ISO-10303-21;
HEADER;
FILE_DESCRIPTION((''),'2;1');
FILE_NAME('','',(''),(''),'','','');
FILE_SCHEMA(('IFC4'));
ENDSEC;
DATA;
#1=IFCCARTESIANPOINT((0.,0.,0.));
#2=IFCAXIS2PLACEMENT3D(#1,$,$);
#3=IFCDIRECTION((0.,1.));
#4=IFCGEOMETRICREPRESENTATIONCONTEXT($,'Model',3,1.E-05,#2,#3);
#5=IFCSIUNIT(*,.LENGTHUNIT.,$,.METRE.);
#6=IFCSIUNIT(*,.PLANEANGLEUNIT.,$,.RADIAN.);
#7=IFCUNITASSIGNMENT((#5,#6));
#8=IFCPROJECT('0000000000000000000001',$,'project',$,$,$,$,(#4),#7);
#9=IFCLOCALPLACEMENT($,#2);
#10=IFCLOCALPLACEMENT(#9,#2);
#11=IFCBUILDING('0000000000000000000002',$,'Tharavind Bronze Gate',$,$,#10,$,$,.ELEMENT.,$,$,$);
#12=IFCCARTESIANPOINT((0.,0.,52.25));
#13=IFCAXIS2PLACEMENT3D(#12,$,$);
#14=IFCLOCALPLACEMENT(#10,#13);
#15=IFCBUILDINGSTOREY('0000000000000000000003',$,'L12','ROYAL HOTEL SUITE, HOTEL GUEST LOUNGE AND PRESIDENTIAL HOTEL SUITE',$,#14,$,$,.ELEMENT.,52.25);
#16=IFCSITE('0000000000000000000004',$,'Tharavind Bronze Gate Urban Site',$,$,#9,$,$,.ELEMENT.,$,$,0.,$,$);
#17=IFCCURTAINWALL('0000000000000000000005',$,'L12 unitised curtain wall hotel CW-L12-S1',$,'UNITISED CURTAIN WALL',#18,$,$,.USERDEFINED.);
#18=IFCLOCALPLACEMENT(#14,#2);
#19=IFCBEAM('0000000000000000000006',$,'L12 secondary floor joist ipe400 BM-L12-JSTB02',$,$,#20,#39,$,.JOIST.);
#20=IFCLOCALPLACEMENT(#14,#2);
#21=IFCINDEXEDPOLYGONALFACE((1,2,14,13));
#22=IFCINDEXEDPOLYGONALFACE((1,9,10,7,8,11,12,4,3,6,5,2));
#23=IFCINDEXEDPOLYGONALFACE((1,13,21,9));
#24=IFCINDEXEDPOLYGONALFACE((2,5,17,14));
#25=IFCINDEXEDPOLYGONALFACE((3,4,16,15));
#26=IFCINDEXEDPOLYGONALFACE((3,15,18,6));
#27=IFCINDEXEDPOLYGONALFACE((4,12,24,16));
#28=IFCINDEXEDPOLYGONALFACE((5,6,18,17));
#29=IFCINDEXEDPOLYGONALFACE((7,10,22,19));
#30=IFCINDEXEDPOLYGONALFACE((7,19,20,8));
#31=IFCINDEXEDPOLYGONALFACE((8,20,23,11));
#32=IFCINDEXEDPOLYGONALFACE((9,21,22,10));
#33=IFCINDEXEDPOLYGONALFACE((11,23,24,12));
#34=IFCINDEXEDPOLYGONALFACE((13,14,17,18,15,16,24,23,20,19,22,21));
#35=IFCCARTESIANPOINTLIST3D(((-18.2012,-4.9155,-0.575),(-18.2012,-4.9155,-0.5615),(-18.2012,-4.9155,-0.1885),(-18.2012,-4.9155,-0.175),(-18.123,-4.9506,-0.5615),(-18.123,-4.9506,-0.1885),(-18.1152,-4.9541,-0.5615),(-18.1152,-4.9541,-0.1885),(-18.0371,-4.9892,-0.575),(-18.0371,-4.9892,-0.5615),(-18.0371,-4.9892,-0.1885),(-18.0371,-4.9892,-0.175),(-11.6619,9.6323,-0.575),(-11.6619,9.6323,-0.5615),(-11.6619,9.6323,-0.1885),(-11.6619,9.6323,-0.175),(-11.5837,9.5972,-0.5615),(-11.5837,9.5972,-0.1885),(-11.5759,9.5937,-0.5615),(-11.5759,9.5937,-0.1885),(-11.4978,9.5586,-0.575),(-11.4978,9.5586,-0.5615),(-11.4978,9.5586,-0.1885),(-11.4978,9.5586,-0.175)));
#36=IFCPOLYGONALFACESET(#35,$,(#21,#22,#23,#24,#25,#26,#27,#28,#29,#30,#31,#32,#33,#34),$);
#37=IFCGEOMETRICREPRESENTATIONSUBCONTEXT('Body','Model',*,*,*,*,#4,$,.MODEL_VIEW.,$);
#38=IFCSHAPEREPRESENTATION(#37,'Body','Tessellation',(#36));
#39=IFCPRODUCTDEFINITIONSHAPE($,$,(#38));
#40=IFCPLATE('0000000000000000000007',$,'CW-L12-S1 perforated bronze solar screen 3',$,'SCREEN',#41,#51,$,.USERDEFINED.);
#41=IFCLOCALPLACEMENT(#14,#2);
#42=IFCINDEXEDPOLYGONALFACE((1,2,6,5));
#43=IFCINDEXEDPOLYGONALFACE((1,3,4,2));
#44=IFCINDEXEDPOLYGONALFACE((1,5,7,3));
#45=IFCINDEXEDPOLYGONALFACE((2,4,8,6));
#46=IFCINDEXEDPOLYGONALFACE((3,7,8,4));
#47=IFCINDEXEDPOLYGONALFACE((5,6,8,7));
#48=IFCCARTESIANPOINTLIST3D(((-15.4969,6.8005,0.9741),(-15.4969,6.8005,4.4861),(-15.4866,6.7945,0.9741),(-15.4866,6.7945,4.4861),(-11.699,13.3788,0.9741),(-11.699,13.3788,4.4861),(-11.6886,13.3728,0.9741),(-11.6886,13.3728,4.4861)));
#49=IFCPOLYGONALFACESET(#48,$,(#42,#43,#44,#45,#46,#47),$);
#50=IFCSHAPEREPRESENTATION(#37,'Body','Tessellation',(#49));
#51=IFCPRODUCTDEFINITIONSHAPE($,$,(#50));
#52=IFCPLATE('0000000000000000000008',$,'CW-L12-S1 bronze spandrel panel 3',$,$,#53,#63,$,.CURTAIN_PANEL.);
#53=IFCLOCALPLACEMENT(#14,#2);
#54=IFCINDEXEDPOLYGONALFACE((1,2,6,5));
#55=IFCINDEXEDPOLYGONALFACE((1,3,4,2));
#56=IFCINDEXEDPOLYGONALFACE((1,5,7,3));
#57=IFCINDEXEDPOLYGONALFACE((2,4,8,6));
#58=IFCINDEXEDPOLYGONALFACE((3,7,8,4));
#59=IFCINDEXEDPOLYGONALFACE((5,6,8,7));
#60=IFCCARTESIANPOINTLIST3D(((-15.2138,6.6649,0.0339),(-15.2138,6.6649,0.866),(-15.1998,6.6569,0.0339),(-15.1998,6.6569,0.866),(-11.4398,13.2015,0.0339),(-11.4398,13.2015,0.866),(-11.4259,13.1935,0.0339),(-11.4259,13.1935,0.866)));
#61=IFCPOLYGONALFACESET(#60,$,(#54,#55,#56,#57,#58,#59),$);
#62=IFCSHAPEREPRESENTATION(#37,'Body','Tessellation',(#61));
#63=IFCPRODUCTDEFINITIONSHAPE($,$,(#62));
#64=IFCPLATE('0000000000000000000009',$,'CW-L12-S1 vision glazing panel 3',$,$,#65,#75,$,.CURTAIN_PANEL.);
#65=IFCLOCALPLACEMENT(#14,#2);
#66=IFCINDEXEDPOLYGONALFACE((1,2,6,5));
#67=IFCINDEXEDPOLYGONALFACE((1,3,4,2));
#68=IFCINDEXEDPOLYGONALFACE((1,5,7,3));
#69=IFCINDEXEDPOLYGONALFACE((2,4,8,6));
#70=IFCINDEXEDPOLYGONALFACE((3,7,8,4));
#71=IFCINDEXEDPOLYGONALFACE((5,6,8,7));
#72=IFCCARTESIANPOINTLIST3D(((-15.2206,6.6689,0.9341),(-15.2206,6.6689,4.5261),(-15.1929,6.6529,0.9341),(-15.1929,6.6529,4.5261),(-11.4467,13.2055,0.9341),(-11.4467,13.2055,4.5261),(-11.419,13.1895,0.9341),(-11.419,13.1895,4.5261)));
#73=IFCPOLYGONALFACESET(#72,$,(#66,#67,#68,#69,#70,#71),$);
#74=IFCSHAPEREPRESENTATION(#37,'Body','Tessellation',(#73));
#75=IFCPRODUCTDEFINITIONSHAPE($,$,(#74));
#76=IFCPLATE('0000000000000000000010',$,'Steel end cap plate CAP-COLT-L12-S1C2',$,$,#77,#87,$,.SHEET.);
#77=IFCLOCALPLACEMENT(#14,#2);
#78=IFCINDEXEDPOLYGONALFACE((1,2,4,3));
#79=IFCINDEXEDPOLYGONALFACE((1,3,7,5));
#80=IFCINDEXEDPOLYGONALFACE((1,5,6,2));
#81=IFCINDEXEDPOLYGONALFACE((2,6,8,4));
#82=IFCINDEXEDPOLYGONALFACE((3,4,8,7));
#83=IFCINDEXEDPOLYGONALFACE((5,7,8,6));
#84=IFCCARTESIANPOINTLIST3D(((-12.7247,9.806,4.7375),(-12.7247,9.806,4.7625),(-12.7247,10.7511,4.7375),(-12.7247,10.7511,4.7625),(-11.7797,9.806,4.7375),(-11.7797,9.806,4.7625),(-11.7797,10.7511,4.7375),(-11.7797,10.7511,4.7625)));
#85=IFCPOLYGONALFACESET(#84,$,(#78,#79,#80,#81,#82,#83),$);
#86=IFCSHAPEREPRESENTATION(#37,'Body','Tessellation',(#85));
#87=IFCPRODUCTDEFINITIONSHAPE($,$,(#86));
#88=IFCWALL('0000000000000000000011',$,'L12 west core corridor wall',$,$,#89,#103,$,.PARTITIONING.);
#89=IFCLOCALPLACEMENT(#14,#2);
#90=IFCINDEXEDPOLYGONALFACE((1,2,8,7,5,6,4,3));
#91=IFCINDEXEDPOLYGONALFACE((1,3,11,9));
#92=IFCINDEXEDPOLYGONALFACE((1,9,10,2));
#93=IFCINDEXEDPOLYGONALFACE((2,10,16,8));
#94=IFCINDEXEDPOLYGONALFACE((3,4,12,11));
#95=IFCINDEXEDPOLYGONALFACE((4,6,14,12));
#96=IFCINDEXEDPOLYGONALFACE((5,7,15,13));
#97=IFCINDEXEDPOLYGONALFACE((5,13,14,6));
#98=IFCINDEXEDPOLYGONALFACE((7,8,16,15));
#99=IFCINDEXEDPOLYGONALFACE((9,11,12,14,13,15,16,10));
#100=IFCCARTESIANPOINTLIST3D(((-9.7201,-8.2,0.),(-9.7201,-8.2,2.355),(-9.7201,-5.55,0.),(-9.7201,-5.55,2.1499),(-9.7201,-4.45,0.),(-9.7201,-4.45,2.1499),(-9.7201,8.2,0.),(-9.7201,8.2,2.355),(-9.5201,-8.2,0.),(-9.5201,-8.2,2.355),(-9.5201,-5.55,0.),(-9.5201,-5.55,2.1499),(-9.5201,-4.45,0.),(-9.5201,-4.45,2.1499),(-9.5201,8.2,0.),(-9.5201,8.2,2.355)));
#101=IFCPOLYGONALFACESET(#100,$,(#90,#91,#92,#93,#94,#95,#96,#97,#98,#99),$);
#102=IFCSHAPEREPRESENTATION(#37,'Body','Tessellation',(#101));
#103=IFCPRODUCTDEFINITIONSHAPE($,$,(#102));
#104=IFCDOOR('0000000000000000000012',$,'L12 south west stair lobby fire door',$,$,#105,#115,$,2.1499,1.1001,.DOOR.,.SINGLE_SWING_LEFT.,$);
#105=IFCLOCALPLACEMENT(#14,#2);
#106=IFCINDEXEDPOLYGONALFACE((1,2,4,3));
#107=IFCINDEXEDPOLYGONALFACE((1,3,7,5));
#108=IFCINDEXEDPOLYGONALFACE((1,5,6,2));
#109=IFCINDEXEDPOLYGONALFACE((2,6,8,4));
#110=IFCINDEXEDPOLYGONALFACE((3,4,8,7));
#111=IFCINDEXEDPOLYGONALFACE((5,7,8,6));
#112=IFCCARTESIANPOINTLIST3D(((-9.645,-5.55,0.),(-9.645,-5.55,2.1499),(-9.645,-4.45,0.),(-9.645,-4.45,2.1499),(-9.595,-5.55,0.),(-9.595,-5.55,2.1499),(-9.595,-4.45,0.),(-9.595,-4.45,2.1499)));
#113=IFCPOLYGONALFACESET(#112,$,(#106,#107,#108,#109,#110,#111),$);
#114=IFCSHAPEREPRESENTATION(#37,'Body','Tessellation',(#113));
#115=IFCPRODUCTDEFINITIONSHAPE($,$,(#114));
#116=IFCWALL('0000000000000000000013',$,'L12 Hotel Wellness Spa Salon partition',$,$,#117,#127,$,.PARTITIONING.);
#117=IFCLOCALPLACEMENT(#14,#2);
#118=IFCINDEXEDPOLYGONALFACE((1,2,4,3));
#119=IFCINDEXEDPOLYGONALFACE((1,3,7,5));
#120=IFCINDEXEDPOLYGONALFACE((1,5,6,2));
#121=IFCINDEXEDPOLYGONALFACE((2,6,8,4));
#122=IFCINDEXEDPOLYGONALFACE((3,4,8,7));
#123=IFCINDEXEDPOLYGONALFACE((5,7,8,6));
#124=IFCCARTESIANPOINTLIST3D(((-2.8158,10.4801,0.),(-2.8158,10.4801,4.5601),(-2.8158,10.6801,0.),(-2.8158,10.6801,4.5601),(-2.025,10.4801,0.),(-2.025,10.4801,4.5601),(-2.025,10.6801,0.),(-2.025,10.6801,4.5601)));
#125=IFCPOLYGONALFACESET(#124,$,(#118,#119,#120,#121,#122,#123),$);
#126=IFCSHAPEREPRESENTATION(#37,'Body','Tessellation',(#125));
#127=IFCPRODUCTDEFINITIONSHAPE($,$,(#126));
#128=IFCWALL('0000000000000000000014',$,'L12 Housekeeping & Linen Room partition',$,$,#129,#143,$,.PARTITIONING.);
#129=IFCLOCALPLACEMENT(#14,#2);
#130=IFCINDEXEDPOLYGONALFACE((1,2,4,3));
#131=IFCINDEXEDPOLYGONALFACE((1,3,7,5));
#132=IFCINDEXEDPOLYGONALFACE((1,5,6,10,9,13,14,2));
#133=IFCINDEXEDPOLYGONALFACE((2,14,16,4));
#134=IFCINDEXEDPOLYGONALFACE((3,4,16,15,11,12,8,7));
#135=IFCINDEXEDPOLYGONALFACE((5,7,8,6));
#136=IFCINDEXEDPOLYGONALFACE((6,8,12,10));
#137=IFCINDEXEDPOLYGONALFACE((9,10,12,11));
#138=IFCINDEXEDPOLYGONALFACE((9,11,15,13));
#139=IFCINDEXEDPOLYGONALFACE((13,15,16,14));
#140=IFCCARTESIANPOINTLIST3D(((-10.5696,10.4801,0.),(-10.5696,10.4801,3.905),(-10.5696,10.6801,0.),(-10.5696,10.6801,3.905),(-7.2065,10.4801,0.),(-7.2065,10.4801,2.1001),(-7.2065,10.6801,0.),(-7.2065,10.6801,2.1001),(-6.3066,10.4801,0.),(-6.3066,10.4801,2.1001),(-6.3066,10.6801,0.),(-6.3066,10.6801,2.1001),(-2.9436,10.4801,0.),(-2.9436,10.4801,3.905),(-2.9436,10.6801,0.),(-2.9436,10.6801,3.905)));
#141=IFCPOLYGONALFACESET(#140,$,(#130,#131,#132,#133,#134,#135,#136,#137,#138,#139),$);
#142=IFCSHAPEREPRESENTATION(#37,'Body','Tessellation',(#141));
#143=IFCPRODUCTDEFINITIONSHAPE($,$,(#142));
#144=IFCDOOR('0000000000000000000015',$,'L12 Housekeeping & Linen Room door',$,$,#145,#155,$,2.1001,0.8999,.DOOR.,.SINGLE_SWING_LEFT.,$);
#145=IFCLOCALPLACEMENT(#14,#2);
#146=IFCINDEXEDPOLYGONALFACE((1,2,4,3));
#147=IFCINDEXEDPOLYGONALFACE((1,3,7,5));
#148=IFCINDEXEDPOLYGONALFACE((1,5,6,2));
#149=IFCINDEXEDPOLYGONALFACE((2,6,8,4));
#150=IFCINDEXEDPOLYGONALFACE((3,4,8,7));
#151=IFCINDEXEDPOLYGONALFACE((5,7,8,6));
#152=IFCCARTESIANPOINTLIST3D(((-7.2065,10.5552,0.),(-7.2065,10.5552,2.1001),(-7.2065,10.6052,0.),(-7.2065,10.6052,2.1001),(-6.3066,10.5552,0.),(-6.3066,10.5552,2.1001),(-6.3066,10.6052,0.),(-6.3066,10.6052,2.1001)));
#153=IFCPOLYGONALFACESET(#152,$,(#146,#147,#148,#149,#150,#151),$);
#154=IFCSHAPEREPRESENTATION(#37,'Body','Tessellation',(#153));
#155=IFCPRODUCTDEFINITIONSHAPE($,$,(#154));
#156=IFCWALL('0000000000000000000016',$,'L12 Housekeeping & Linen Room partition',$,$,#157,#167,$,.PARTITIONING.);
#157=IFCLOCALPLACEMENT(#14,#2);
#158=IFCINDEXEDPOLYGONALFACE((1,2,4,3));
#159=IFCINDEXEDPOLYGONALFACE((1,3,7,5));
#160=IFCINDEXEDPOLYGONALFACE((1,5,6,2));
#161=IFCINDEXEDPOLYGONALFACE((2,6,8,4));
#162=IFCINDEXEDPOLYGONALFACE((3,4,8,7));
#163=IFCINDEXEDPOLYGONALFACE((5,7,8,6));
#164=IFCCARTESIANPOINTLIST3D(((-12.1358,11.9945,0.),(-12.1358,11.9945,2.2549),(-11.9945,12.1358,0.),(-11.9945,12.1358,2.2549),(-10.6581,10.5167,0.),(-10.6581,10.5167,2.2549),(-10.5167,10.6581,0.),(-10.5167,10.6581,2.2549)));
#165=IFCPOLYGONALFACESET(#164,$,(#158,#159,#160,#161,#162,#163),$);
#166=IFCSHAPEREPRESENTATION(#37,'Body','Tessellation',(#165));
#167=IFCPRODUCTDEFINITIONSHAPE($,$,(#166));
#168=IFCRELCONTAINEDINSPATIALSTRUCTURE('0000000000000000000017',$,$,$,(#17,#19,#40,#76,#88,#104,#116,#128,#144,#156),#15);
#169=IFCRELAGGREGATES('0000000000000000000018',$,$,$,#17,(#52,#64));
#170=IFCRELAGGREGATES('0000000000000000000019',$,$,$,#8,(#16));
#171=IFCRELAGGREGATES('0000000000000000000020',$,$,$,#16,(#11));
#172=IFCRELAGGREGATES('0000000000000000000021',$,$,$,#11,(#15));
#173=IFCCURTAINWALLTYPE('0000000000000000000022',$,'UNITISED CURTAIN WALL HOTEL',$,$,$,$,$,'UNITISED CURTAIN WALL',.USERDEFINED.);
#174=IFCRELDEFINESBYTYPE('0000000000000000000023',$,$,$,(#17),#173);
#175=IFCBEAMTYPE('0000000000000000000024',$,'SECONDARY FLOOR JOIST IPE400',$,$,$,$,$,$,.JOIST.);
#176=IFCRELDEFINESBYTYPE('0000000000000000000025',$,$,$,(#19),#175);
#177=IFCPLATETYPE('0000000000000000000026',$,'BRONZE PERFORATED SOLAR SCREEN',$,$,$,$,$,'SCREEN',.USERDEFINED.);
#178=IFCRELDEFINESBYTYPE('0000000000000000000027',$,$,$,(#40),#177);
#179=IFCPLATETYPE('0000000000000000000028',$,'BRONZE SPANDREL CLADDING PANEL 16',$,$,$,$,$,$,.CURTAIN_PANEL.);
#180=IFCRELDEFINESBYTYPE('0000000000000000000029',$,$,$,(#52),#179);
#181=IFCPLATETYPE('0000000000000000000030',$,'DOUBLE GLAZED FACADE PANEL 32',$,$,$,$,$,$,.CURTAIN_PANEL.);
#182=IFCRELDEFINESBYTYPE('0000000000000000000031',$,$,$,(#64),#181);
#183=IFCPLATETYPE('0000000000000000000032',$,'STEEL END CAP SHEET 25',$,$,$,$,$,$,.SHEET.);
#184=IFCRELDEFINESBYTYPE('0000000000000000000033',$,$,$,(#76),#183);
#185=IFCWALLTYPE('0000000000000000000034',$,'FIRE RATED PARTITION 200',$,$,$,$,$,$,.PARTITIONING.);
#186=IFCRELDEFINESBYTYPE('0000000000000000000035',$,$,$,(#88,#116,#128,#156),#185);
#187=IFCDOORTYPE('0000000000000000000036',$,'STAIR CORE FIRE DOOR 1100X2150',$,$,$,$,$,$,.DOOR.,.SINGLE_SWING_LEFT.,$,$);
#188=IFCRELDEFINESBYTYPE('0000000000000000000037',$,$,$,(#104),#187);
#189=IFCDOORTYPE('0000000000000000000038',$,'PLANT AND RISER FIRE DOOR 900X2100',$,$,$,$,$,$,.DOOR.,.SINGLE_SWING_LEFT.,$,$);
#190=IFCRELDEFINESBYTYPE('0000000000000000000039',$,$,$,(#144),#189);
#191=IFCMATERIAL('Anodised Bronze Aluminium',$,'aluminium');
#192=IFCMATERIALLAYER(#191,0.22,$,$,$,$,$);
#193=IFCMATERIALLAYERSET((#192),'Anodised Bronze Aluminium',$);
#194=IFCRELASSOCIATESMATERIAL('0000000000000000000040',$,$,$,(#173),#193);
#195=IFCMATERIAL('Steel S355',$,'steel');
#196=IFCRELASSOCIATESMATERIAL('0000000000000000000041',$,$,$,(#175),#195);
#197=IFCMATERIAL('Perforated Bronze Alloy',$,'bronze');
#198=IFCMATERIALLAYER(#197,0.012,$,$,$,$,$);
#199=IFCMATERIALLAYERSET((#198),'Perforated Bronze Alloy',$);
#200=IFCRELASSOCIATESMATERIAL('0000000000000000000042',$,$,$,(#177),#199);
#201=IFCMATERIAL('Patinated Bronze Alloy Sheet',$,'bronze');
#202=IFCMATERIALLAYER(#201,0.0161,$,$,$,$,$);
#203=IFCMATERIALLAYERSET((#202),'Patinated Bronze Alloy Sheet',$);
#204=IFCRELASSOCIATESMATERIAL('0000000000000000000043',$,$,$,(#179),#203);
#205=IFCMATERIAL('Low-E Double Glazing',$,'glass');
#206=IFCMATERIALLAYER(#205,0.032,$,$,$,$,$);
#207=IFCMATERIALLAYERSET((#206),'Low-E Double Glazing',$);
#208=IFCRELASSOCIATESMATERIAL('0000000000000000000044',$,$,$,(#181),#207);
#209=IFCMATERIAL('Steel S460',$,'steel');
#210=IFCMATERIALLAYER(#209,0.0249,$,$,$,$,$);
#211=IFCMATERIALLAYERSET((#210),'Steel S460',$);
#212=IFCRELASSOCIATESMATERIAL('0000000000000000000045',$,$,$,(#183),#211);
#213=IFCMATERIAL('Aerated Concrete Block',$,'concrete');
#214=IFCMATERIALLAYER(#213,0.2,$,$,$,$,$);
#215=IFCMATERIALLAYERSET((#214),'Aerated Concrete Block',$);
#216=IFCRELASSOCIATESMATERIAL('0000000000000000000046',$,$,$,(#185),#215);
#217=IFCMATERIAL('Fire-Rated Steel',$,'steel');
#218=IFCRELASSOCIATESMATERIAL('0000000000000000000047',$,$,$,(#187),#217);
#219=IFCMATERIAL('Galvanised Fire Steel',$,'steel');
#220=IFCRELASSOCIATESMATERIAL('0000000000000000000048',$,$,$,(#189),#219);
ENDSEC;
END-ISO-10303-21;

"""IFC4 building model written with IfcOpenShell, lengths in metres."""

from ifc_helpers import new_model, si_unit, direction, frame, frame_2d, origin, origin_2d, place, context, subcontext, project, spatial, rectangle, i_section, extrude, material, layer, layer_set, material_profile, profile_set, type_object, element, fill, aggregate, save


model = new_model("IFC4")

# Units and contexts
model_context = context("Model", 3, precision=1e-05, world=origin(), true_north=direction((0.0, 1.0)))
body_context = subcontext(model_context, "Body", "Model", "MODEL_VIEW")
ifc_project = project(units=[si_unit("LENGTHUNIT", "METRE"), si_unit("PLANEANGLEUNIT", "RADIAN")], contexts=[model_context])

# Site, building, storey
site_placement = place(None, origin())
site = spatial("IfcSite", under=ifc_project, at=site_placement, Name="Tharavind Bronze Gate Urban Site", CompositionType="ELEMENT", RefElevation=0.0)
building_placement = place(site_placement, origin())
building = spatial("IfcBuilding", under=site, at=building_placement, Name="Tharavind Bronze Gate", CompositionType="ELEMENT")
storey_placement = place(building_placement, frame((0.0, 0.0, 52.25)))
storey = spatial("IfcBuildingStorey", under=building, at=storey_placement, Name="L12", Description="ROYAL HOTEL SUITE, HOTEL GUEST LOUNGE AND PRESIDENTIAL HOTEL SUITE", CompositionType="ELEMENT", Elevation=52.25)

# Shared definitions
ifc_material_1 = material(Name="Steel S460", Category="steel")

# Curtain wall
ifc_material_2 = material(Name="Anodised Bronze Aluminium", Category="aluminium")
ifc_layer_1 = layer(ifc_material_2, 0.22)
ifc_layer_set_1 = layer_set([ifc_layer_1], Name="Anodised Bronze Aluminium")
curtain_wall_type = type_object("IfcCurtainWallType", Name="UNITISED CURTAIN WALL HOTEL", ElementType="UNITISED CURTAIN WALL", PredefinedType="USERDEFINED", material=ifc_layer_set_1)
curtain_wall_placement = place(storey_placement, origin())
curtain_wall = element("IfcCurtainWall", 1, at=curtain_wall_placement, inside=storey, type_object=curtain_wall_type, Name="L12 unitised curtain wall hotel CW-L12-S1", ObjectType="UNITISED CURTAIN WALL", PredefinedType="USERDEFINED")

# Beam
ifc_material_3 = material(Name="Steel S355", Category="steel")
ifc_material_profile_1 = material_profile(ifc_material_3, i_section(OverallWidth=0.1799, OverallDepth=0.3999, WebThickness=0.0085, FlangeThickness=0.0134, at=origin_2d()), Name="IPE400")
ifc_profile_set_1 = profile_set([ifc_material_profile_1], Name="Steel S355")
beam_type_1 = type_object("IfcBeamType", Name="SECONDARY FLOOR JOIST IPE400", PredefinedType="JOIST", material=ifc_profile_set_1)
beam_1_placement = place(storey_placement, frame((-11.5798, 9.5955, -0.375), z_axis=(-0.409988, -0.912091, 0.0), x_axis=(0.912091, -0.409988, 0.0)))
element("IfcBeam", 2, at=beam_1_placement, inside=storey, type_object=beam_type_1, Name="L12 secondary floor joist ipe400 BM-L12-JSTB02", PredefinedType="JOIST", context=body_context, shape_type="SweptSolid", body=[
    extrude(i_section(OverallWidth=0.1799, OverallDepth=0.3999, WebThickness=0.0085, FlangeThickness=0.0134, at=origin_2d()), origin(), (0.0, 0.0, 1.0), 15.95),
])

# Plates
ifc_material_4 = material(Name="Perforated Bronze Alloy", Category="bronze")
ifc_layer_2 = layer(ifc_material_4, 0.012)
ifc_layer_set_2 = layer_set([ifc_layer_2], Name="Perforated Bronze Alloy")
plate_type_1 = type_object("IfcPlateType", Name="BRONZE PERFORATED SOLAR SCREEN", ElementType="SCREEN", PredefinedType="USERDEFINED", material=ifc_layer_set_2)
plate_1_placement = place(storey_placement, frame((-13.5928, 10.0867, 0.9741), z_axis=(0.0, 0.0, 1.0), x_axis=(-0.500002, -0.866025, 0.0)))
element("IfcPlate", 3, at=plate_1_placement, inside=storey, type_object=plate_type_1, Name="CW-L12-S1 perforated bronze solar screen 3", ObjectType="SCREEN", PredefinedType="USERDEFINED", context=body_context, shape_type="SweptSolid", body=[
    extrude(rectangle(XDim=7.5959, YDim=0.012, at=origin_2d()), origin(), (0.0, 0.0, 1.0), 3.512),
])
ifc_material_5 = material(Name="Patinated Bronze Alloy Sheet", Category="bronze")
ifc_layer_3 = layer(ifc_material_5, 0.0161)
ifc_layer_set_3 = layer_set([ifc_layer_3], Name="Patinated Bronze Alloy Sheet")
plate_type_2 = type_object("IfcPlateType", Name="BRONZE SPANDREL CLADDING PANEL 16", PredefinedType="CURTAIN_PANEL", material=ifc_layer_set_3)
plate_2_placement = place(storey_placement, frame((-13.3198, 9.9292, 0.0339), z_axis=(0.0, 0.0, 1.0), x_axis=(-0.500002, -0.866025, 0.0)))
plate_2 = element("IfcPlate", 4, at=plate_2_placement, type_object=plate_type_2, Name="CW-L12-S1 bronze spandrel panel 3", PredefinedType="CURTAIN_PANEL", context=body_context, shape_type="SweptSolid", body=[
    extrude(rectangle(XDim=7.5479, YDim=0.0161, at=origin_2d()), origin(), (0.0, 0.0, 1.0), 0.832),
])
ifc_material_6 = material(Name="Low-E Double Glazing", Category="glass")
ifc_layer_4 = layer(ifc_material_6, 0.032)
ifc_layer_set_4 = layer_set([ifc_layer_4], Name="Low-E Double Glazing")
plate_type_3 = type_object("IfcPlateType", Name="DOUBLE GLAZED FACADE PANEL 32", PredefinedType="CURTAIN_PANEL", material=ifc_layer_set_4)
plate_3_placement = place(storey_placement, frame((-13.3198, 9.9292, 0.9341), z_axis=(0.0, 0.0, 1.0), x_axis=(-0.500002, -0.866025, 0.0)))
plate_3 = element("IfcPlate", 5, at=plate_3_placement, type_object=plate_type_3, Name="CW-L12-S1 vision glazing panel 3", PredefinedType="CURTAIN_PANEL", context=body_context, shape_type="SweptSolid", body=[
    extrude(rectangle(XDim=7.5479, YDim=0.032, at=origin_2d()), origin(), (0.0, 0.0, 1.0), 3.592),
])
aggregate(curtain_wall, [plate_2, plate_3])
ifc_layer_5 = layer(ifc_material_1, 0.0249)
ifc_layer_set_5 = layer_set([ifc_layer_5], Name="Steel S460")
plate_type_4 = type_object("IfcPlateType", Name="STEEL END CAP SHEET 25", PredefinedType="SHEET", material=ifc_layer_set_5)
plate_4_placement = place(storey_placement, frame((-12.2522, 10.2786, 4.7375), z_axis=(0.0, 0.0, 1.0), x_axis=(1.0, 0.0, 0.0)))
element("IfcPlate", 6, at=plate_4_placement, inside=storey, type_object=plate_type_4, Name="Steel end cap plate CAP-COLT-L12-S1C2", PredefinedType="SHEET", context=body_context, shape_type="SweptSolid", body=[
    extrude(rectangle(XDim=0.9451, YDim=0.9451, at=origin_2d()), origin(), (0.0, 0.0, 1.0), 0.0249),
])

# Wall, opening, door
ifc_material_7 = material(Name="Aerated Concrete Block", Category="concrete")
ifc_layer_6 = layer(ifc_material_7, 0.2)
ifc_layer_set_6 = layer_set([ifc_layer_6], Name="Aerated Concrete Block")
wall_type_1 = type_object("IfcWallType", Name="FIRE RATED PARTITION 200", PredefinedType="PARTITIONING", material=ifc_layer_set_6)
wall_1_placement = place(storey_placement, frame((-9.6201, 8.2, 0.0), z_axis=(0.0, 0.0, 1.0), x_axis=(0.0, -1.0, 0.0)))
wall_1 = element("IfcWall", 7, at=wall_1_placement, inside=storey, type_object=wall_type_1, Name="L12 west core corridor wall", PredefinedType="PARTITIONING", context=body_context, shape_type="SweptSolid", body=[
    extrude(rectangle(XDim=16.3999, YDim=0.2, at=frame_2d((8.2, 0.0))), origin(), (0.0, 0.0, 1.0), 2.355),
])
opening_1_placement = place(wall_1_placement, frame((12.6499, 0.0, 0.0)))
opening_1 = element("IfcOpeningElement", 8, at=opening_1_placement, cuts=wall_1, PredefinedType="OPENING", context=body_context, shape_type="SweptSolid", body=[
    extrude(rectangle(XDim=1.1001, YDim=2.1499, at=frame_2d((0.55, 1.075))), frame((0.0, 0.1101, 0.0), z_axis=(0.0, -1.0, 0.0), x_axis=(1.0, 0.0, 0.0)), (0.0, 0.0, 1.0), 0.22),
])
ifc_material_8 = material(Name="Fire-Rated Steel", Category="steel")
door_type_1 = type_object("IfcDoorType", Name="STAIR CORE FIRE DOOR 1100X2150", OperationType="SINGLE_SWING_LEFT", PredefinedType="DOOR", material=ifc_material_8)
door_1_placement = place(opening_1_placement, frame((1.1001, 0.0, 0.0), z_axis=(0.0, 0.0, 1.0), x_axis=(-1.0, 0.0, 0.0)))
door_1 = element("IfcDoor", 9, at=door_1_placement, inside=storey, type_object=door_type_1, Name="L12 south west stair lobby fire door", OperationType="SINGLE_SWING_LEFT", OverallHeight=2.1499, OverallWidth=1.1001, PredefinedType="DOOR", context=body_context, shape_type="SweptSolid", body=[
    extrude(rectangle(XDim=1.1001, YDim=2.1499, at=frame_2d((0.55, 1.075))), frame((0.0, 0.0249, 0.0), z_axis=(0.0, -1.0, 0.0), x_axis=(1.0, 0.0, 0.0)), (0.0, 0.0, 1.0), 0.05),
])
fill(opening_1, door_1)

# Wall
wall_2_placement = place(storey_placement, frame((-2.0249, 10.5801, 0.0), z_axis=(0.0, 0.0, 1.0), x_axis=(-1.0, 0.0, 0.0)))
element("IfcWall", 10, at=wall_2_placement, inside=storey, type_object=wall_type_1, Name="L12 Hotel Wellness Spa Salon partition", PredefinedType="PARTITIONING", context=body_context, shape_type="SweptSolid", body=[
    extrude(rectangle(XDim=0.7908, YDim=0.2, at=frame_2d((0.3955, 0.0))), origin(), (0.0, 0.0, 1.0), 4.5601),
])

# Wall, opening, door
wall_3_placement = place(storey_placement, frame((-2.9436, 10.5801, 0.0), z_axis=(0.0, 0.0, 1.0), x_axis=(-1.0, 0.0, 0.0)))
wall_3 = element("IfcWall", 11, at=wall_3_placement, inside=storey, type_object=wall_type_1, Name="L12 Housekeeping & Linen Room partition", PredefinedType="PARTITIONING", context=body_context, shape_type="SweptSolid", body=[
    extrude(rectangle(XDim=7.626, YDim=0.2, at=frame_2d((3.813, 0.0))), origin(), (0.0, 0.0, 1.0), 3.905),
])
opening_2_placement = place(wall_3_placement, frame((3.363, 0.0, 0.0)))
opening_2 = element("IfcOpeningElement", 12, at=opening_2_placement, cuts=wall_3, PredefinedType="OPENING", context=body_context, shape_type="SweptSolid", body=[
    extrude(rectangle(XDim=0.8999, YDim=2.1001, at=frame_2d((0.45, 1.05))), frame((0.0, 0.1101, 0.0), z_axis=(0.0, -1.0, 0.0), x_axis=(1.0, 0.0, 0.0)), (0.0, 0.0, 1.0), 0.22),
])
ifc_material_9 = material(Name="Galvanised Fire Steel", Category="steel")
door_type_2 = type_object("IfcDoorType", Name="PLANT AND RISER FIRE DOOR 900X2100", OperationType="SINGLE_SWING_LEFT", PredefinedType="DOOR", material=ifc_material_9)
door_2_placement = place(opening_2_placement, origin())
door_2 = element("IfcDoor", 13, at=door_2_placement, inside=storey, type_object=door_type_2, Name="L12 Housekeeping & Linen Room door", OperationType="SINGLE_SWING_LEFT", OverallHeight=2.1001, OverallWidth=0.8999, PredefinedType="DOOR", context=body_context, shape_type="SweptSolid", body=[
    extrude(rectangle(XDim=0.8999, YDim=2.1001, at=frame_2d((0.45, 1.05))), frame((0.0, 0.0249, 0.0), z_axis=(0.0, -1.0, 0.0), x_axis=(1.0, 0.0, 0.0)), (0.0, 0.0, 1.0), 0.05),
])
fill(opening_2, door_2)

# Wall
wall_4_placement = place(storey_placement, frame((-10.5874, 10.5874, 0.0), z_axis=(0.0, 0.0, 1.0), x_axis=(-0.707107, 0.707107, 0.0)))
element("IfcWall", 14, at=wall_4_placement, inside=storey, type_object=wall_type_1, Name="L12 Housekeeping & Linen Room partition", PredefinedType="PARTITIONING", context=body_context, shape_type="SweptSolid", body=[
    extrude(rectangle(XDim=2.0898, YDim=0.2, at=frame_2d((1.0449, 0.0))), origin(), (0.0, 0.0, 1.0), 2.2549),
])

save(model, "model.ifc")
